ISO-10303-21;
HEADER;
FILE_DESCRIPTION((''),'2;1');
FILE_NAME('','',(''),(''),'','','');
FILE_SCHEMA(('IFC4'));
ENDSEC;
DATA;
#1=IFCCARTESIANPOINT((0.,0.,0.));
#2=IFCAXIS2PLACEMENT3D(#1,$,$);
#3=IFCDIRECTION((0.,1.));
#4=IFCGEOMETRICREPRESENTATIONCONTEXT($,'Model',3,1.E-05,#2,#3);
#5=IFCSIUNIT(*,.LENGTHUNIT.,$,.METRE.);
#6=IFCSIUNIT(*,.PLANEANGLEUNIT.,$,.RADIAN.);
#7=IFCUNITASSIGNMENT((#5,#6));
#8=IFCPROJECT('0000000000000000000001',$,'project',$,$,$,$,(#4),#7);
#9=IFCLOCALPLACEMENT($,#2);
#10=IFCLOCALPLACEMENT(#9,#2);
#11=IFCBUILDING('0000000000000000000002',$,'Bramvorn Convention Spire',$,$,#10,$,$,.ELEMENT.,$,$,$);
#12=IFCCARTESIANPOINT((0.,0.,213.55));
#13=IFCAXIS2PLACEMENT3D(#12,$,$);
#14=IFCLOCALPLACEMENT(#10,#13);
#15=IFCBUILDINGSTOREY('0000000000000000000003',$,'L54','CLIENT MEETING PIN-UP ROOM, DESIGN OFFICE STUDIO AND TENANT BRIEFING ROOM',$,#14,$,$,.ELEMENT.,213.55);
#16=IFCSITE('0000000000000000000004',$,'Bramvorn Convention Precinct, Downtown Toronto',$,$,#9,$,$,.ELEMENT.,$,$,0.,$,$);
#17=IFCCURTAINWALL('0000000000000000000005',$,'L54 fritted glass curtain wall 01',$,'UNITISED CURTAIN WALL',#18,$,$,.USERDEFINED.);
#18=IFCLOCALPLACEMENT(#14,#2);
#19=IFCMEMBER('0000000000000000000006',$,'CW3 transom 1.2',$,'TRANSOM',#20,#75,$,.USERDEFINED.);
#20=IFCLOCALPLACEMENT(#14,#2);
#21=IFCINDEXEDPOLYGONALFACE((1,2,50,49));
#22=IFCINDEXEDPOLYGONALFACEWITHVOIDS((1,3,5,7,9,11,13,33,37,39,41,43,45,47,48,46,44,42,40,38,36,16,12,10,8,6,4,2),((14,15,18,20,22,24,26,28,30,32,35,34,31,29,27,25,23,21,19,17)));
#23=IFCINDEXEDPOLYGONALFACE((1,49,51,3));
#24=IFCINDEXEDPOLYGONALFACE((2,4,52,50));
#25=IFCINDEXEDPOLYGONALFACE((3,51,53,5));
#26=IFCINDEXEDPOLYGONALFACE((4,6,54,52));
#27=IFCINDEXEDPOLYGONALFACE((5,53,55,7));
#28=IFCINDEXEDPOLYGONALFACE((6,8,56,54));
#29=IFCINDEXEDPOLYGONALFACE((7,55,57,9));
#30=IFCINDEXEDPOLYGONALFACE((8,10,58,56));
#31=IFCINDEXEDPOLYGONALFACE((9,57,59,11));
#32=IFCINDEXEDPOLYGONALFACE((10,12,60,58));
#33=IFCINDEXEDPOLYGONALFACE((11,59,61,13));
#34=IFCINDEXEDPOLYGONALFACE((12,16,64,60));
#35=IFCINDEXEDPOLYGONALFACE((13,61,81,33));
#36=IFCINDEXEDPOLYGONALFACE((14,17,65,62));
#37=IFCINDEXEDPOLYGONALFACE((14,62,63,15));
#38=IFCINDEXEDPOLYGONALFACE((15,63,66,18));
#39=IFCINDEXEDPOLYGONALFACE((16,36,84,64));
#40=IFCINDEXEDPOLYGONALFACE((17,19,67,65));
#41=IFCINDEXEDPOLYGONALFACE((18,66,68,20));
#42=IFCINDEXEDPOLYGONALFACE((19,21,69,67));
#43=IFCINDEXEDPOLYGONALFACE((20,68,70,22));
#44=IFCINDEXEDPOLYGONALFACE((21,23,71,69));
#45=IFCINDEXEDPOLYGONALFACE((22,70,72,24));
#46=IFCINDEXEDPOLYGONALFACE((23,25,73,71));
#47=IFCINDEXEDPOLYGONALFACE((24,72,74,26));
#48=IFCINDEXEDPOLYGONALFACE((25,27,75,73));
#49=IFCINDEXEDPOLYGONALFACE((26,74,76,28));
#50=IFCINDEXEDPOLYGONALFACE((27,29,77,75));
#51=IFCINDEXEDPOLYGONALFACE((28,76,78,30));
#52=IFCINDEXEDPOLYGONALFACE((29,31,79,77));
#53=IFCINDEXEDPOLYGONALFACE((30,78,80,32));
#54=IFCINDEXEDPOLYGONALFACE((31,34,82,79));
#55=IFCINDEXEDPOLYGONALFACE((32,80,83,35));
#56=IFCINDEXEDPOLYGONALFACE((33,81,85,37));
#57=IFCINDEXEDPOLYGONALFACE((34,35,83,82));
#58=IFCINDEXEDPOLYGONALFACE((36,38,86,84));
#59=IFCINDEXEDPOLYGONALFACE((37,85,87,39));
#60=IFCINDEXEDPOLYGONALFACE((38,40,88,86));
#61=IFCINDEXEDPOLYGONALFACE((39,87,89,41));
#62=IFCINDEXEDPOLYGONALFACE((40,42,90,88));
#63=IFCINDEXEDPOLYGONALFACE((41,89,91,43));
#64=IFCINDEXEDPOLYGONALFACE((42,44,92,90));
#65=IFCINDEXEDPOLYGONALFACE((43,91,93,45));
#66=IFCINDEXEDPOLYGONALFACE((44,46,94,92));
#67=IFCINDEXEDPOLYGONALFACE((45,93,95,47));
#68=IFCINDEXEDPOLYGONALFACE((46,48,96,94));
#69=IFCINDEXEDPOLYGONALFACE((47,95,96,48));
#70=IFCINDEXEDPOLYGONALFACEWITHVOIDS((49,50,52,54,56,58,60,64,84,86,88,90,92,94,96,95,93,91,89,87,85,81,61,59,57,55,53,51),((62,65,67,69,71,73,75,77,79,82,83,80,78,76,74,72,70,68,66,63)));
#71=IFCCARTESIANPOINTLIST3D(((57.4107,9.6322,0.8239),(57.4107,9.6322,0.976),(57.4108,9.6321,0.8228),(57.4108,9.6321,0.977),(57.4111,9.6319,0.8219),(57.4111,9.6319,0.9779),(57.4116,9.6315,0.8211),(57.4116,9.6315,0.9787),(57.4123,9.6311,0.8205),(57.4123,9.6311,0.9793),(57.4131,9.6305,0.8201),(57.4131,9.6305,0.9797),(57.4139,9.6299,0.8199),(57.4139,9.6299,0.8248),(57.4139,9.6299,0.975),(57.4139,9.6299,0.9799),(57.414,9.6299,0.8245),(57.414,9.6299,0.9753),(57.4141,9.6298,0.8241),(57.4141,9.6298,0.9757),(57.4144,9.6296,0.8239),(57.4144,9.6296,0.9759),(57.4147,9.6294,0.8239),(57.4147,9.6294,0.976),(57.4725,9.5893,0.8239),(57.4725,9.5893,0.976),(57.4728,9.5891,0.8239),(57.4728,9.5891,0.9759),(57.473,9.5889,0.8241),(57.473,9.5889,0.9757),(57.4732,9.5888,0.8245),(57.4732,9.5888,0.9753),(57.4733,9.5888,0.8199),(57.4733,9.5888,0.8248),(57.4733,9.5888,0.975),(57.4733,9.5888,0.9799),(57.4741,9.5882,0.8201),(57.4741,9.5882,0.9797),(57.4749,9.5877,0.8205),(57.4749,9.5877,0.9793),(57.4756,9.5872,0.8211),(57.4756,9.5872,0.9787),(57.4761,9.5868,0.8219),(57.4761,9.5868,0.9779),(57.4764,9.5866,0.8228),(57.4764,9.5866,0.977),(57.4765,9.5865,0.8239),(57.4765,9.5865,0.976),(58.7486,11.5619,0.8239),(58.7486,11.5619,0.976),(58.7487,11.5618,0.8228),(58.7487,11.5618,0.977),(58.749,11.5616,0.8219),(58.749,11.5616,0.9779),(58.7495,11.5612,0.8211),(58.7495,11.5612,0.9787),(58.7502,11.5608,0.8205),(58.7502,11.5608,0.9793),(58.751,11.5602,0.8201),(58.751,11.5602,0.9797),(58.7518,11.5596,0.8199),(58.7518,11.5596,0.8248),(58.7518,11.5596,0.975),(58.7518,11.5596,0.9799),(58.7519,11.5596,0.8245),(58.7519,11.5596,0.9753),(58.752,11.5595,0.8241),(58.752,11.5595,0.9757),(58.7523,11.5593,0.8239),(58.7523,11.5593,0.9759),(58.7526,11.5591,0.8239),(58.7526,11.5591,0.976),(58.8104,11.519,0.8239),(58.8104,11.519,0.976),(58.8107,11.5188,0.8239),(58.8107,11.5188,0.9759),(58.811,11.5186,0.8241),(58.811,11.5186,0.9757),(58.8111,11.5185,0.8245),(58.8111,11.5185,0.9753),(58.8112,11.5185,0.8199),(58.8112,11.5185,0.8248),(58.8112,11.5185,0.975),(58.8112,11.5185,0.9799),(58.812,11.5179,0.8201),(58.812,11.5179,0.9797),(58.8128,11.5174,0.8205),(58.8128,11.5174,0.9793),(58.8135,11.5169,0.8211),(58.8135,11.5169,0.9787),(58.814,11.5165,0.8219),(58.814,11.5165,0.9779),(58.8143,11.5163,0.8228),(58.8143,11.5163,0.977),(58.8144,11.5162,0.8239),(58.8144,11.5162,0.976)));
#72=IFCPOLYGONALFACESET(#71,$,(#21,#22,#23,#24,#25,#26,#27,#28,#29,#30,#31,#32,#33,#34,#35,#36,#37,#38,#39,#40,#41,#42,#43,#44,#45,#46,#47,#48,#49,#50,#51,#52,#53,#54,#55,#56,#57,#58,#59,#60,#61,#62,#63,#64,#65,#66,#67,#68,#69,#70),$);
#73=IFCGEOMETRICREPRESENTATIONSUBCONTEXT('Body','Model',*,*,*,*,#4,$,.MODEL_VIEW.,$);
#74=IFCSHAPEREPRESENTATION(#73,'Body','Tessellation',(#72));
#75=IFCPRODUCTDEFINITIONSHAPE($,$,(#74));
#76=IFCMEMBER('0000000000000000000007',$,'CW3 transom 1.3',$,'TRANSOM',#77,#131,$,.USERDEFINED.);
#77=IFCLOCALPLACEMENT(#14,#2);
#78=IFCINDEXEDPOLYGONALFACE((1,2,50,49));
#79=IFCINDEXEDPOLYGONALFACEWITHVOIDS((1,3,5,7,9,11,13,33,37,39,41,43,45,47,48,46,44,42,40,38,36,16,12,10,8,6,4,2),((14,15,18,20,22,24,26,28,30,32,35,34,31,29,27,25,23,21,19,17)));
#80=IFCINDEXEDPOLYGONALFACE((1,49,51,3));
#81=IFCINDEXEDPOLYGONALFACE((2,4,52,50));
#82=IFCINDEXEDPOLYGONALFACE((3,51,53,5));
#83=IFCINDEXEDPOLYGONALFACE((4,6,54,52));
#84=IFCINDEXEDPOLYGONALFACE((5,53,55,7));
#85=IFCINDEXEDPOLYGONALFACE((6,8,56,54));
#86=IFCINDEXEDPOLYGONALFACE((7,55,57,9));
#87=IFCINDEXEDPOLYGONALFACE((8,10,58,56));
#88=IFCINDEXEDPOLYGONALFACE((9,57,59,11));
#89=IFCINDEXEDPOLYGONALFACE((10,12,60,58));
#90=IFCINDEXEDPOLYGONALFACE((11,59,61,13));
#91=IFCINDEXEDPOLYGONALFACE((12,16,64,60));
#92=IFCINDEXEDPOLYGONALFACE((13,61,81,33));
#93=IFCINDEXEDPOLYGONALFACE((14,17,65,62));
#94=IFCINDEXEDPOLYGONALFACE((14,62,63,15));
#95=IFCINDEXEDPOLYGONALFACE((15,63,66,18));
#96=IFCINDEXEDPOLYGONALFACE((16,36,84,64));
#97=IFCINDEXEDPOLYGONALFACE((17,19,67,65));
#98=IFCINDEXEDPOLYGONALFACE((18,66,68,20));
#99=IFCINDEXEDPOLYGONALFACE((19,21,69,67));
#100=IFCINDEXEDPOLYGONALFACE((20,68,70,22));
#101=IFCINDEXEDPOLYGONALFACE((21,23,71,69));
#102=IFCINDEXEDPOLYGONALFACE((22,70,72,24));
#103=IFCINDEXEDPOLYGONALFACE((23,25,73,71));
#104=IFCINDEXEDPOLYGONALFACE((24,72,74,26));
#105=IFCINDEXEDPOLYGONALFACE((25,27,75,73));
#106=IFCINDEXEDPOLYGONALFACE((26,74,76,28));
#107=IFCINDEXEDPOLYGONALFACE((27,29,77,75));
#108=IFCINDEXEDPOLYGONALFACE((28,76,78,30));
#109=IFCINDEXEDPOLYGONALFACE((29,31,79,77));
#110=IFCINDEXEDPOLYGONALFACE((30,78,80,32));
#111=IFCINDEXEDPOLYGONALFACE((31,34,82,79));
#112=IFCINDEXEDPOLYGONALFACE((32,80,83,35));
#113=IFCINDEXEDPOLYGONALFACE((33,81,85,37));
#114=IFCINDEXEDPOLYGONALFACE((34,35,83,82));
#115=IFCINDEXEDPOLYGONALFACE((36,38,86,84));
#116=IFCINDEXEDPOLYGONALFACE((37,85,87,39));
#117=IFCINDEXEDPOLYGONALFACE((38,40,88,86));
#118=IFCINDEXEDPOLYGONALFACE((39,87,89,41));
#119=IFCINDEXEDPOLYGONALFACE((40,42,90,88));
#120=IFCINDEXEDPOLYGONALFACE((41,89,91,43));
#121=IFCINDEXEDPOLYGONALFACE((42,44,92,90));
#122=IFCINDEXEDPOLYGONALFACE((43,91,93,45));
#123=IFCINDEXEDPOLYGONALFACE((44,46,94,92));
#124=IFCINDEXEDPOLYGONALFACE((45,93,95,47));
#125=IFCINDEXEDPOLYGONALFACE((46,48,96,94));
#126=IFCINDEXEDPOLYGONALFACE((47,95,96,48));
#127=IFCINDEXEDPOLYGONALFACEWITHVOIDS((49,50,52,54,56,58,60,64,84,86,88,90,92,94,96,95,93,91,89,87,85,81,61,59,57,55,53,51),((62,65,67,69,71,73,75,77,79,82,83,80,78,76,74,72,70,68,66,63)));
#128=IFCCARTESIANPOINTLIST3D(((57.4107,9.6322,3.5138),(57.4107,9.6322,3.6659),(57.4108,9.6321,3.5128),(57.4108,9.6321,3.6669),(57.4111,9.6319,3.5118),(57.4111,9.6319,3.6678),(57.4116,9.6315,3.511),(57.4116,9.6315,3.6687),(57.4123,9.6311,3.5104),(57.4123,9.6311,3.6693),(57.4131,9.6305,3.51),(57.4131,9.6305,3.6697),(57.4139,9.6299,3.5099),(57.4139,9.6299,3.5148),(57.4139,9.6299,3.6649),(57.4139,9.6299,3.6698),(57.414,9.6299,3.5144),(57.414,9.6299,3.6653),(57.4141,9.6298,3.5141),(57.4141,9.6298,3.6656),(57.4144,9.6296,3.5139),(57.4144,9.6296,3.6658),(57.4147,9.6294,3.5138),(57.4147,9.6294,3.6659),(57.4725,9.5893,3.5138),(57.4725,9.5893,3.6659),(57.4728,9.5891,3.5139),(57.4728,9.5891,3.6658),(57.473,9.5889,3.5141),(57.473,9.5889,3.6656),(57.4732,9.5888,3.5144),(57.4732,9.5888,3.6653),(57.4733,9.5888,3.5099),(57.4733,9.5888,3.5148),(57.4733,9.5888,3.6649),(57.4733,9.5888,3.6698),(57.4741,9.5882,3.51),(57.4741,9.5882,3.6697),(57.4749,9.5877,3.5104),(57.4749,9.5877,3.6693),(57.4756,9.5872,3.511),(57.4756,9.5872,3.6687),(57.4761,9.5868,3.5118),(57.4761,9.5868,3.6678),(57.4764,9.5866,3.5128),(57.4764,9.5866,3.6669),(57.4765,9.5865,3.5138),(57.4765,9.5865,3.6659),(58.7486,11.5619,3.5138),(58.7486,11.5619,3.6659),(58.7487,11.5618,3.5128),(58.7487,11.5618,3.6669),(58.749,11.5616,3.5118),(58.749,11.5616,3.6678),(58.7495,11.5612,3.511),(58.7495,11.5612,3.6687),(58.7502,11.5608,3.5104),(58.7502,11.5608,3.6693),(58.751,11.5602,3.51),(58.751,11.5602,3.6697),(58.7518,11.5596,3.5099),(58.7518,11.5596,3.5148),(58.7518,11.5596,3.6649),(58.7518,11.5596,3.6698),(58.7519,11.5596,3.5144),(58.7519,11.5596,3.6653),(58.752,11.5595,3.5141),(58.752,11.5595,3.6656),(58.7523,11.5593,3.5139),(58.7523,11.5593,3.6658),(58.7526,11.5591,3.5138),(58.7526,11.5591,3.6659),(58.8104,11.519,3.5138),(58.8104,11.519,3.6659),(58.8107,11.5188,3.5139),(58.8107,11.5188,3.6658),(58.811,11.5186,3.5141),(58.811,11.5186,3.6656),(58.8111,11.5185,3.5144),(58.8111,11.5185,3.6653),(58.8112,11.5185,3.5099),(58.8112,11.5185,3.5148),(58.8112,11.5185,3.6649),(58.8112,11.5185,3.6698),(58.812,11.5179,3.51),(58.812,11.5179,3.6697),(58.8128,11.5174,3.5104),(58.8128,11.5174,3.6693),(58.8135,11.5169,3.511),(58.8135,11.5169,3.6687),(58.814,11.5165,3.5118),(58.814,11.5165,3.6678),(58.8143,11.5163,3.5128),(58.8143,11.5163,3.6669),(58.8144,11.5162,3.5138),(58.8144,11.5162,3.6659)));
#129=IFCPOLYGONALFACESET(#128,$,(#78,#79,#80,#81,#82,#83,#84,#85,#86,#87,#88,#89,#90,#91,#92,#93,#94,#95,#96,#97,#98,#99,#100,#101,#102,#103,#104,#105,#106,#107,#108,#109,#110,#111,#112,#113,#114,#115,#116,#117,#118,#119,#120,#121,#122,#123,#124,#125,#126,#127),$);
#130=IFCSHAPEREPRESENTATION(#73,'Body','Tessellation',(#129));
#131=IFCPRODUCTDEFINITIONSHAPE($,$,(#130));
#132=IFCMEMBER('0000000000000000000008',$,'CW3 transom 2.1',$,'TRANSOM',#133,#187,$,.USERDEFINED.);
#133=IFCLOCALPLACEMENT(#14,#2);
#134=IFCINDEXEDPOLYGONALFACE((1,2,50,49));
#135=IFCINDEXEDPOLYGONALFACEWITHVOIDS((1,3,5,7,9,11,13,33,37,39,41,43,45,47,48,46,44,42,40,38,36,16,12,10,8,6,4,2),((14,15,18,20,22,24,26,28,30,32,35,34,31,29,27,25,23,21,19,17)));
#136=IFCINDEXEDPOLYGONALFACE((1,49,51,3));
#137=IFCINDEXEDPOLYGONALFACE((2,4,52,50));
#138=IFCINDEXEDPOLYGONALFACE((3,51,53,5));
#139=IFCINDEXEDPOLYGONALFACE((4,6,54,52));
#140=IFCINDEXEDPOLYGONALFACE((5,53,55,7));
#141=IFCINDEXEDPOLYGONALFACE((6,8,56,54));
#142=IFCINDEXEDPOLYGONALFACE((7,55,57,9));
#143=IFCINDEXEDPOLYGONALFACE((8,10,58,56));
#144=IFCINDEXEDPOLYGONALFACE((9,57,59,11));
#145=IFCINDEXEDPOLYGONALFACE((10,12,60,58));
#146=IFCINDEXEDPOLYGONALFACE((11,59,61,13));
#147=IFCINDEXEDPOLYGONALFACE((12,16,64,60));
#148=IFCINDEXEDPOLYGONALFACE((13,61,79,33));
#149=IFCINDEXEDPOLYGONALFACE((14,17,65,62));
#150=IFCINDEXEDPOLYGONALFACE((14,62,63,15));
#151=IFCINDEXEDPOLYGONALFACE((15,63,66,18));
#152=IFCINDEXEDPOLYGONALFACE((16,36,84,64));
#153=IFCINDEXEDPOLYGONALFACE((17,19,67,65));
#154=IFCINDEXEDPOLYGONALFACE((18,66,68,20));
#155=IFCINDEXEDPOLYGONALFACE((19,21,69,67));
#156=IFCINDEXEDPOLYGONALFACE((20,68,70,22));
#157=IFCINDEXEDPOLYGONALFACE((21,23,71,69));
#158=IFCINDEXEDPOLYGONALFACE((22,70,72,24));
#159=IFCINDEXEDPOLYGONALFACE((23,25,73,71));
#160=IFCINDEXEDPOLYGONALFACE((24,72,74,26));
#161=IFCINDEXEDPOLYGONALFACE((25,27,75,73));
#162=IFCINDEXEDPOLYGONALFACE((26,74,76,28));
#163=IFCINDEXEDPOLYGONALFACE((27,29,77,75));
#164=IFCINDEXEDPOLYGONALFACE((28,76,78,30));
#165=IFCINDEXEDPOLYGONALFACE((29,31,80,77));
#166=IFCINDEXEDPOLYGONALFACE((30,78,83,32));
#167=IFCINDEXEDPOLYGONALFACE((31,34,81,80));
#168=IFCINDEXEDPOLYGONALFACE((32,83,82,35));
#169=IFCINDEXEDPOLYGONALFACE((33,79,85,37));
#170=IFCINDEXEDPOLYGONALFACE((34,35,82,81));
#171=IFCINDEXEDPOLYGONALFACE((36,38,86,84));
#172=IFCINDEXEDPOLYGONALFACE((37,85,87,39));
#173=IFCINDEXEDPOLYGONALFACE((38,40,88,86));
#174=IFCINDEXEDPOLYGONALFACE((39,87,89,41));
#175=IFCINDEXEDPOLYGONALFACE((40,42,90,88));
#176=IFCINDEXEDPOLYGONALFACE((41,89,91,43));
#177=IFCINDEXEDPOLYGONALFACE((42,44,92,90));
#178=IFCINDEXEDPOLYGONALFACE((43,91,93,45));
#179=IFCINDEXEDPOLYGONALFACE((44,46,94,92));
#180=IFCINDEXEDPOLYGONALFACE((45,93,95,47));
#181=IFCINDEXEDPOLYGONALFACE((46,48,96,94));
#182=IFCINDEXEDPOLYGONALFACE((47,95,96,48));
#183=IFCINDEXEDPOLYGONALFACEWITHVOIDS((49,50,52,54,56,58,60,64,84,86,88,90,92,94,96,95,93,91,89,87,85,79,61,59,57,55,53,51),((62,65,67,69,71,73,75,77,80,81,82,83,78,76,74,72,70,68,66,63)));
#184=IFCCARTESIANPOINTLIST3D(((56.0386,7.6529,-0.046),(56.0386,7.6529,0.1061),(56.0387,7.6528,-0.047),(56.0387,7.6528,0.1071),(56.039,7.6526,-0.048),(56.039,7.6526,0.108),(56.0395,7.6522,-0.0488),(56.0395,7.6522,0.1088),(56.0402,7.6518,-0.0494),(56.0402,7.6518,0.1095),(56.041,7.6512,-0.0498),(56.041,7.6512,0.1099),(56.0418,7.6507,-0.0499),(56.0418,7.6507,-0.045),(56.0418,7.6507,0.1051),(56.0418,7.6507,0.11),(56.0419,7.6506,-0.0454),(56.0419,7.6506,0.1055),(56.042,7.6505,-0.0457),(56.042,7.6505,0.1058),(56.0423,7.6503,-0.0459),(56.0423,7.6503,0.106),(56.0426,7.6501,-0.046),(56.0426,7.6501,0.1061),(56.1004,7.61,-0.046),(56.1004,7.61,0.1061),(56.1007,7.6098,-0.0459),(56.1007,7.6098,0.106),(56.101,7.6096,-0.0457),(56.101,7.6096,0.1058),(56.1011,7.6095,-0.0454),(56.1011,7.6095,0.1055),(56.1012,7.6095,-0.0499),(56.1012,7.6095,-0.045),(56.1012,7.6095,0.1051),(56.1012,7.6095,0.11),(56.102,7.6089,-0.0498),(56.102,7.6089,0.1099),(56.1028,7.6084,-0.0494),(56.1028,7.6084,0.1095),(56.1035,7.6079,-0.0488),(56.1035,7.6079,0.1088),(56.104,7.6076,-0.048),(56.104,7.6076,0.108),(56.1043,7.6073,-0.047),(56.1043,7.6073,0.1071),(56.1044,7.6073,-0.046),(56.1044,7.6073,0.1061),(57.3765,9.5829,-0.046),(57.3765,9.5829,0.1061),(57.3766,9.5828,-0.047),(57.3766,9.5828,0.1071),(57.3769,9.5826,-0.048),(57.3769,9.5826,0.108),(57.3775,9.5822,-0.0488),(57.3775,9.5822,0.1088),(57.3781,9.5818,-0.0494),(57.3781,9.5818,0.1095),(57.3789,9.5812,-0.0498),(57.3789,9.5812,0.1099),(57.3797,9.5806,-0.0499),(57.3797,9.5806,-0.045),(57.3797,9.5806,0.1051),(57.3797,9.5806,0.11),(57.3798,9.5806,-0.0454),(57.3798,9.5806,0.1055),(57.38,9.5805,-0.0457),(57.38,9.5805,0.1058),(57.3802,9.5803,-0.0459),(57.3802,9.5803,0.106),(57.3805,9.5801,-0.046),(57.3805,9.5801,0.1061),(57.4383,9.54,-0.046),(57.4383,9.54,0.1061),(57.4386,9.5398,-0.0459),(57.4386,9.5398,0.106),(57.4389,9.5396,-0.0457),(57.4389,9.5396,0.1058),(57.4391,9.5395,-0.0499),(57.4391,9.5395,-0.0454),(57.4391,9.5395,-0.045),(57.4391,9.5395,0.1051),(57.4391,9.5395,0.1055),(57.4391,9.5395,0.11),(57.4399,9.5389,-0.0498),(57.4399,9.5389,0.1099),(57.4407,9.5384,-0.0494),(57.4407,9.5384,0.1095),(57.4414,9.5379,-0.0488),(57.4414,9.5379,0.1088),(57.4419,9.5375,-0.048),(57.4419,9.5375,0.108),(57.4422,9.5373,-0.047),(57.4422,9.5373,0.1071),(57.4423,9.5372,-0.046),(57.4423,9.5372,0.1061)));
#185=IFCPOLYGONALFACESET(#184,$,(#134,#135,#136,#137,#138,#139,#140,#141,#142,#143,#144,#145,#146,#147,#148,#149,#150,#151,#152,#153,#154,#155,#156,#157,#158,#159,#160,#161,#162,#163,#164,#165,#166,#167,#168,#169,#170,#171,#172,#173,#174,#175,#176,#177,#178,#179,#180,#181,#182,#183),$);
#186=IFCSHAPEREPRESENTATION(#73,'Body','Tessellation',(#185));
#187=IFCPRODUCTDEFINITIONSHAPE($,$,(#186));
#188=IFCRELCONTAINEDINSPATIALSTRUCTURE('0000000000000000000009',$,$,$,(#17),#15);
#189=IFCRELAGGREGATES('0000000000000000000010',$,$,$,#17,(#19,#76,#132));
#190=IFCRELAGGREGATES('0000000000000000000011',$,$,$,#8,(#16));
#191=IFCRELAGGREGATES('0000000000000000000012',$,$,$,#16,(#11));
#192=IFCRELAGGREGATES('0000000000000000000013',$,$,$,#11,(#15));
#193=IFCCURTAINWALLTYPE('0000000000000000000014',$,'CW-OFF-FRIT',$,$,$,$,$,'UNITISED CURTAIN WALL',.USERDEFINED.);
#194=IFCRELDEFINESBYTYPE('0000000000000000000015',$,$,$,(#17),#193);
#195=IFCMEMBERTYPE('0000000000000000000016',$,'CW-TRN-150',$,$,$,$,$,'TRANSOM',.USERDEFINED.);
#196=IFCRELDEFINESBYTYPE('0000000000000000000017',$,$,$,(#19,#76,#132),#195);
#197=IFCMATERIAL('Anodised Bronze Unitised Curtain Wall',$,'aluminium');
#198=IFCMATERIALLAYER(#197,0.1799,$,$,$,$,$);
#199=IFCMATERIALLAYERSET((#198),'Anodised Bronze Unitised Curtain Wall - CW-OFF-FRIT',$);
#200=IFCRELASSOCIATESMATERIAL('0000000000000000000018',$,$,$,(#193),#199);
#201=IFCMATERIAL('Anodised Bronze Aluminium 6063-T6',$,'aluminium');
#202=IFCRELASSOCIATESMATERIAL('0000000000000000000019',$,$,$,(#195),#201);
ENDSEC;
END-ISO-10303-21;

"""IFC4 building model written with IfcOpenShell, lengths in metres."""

from ifc_helpers import new_model, si_unit, direction, frame, origin, origin_2d, place, context, subcontext, project, spatial, hollow_rectangle, extrude, material, layer, layer_set, material_profile, profile_set, type_object, element, aggregate, save


model = new_model("IFC4")

# Units and contexts
model_context = context("Model", 3, precision=1e-05, world=origin(), true_north=direction((0.0, 1.0)))
body_context = subcontext(model_context, "Body", "Model", "MODEL_VIEW")
ifc_project = project(units=[si_unit("LENGTHUNIT", "METRE"), si_unit("PLANEANGLEUNIT", "RADIAN")], contexts=[model_context])

# Site, building, storey
site_placement = place(None, origin())
site = spatial("IfcSite", under=ifc_project, at=site_placement, Name="Bramvorn Convention Precinct, Downtown Toronto", CompositionType="ELEMENT", RefElevation=0.0)
building_placement = place(site_placement, origin())
building = spatial("IfcBuilding", under=site, at=building_placement, Name="Bramvorn Convention Spire", CompositionType="ELEMENT")
storey_placement = place(building_placement, frame((0.0, 0.0, 213.55)))
storey = spatial("IfcBuildingStorey", under=building, at=storey_placement, Name="L54", Description="CLIENT MEETING PIN-UP ROOM, DESIGN OFFICE STUDIO AND TENANT BRIEFING ROOM", CompositionType="ELEMENT", Elevation=213.55)

# Curtain wall
ifc_material_1 = material(Name="Anodised Bronze Unitised Curtain Wall", Category="aluminium")
ifc_layer_1 = layer(ifc_material_1, 0.1799)
ifc_layer_set_1 = layer_set([ifc_layer_1], Name="Anodised Bronze Unitised Curtain Wall - CW-OFF-FRIT")
curtain_wall_type = type_object("IfcCurtainWallType", Name="CW-OFF-FRIT", ElementType="UNITISED CURTAIN WALL", PredefinedType="USERDEFINED", material=ifc_layer_set_1)
curtain_wall_1_placement = place(storey_placement, origin())
curtain_wall_1 = element("IfcCurtainWall", 1, at=curtain_wall_1_placement, inside=storey, type_object=curtain_wall_type, Name="L54 fritted glass curtain wall 01", ObjectType="UNITISED CURTAIN WALL", PredefinedType="USERDEFINED")
ifc_material_2 = material(Name="Anodised Bronze Aluminium 6063-T6", Category="aluminium")

# Members
ifc_material_profile_1 = material_profile(ifc_material_2, hollow_rectangle(XDim=0.0801, YDim=0.1599, WallThickness=0.0039, InnerFilletRadius=0.001, OuterFilletRadius=0.0039, at=origin_2d()))
ifc_profile_set_1 = profile_set([ifc_material_profile_1], Name="Anodised Bronze Aluminium 6063-T6 - CWT80X160")
member_type_1 = type_object("IfcMemberType", Name="CW-TRN-150", ElementType="TRANSOM", PredefinedType="USERDEFINED", material=ifc_profile_set_1)
member_1_placement = place(storey_placement, frame((58.7815, 11.5391, 0.8999), z_axis=(-0.569772, -0.821803, 0.0), x_axis=(0.821803, -0.569772, 0.0)))
member_1 = element("IfcMember", 2, at=member_1_placement, type_object=member_type_1, Name="CW3 transom 1.2", ObjectType="TRANSOM", PredefinedType="USERDEFINED", context=body_context, shape_type="SweptSolid", body=[
    extrude(hollow_rectangle(XDim=0.0801, YDim=0.1599, WallThickness=0.0039, InnerFilletRadius=0.001, OuterFilletRadius=0.0039, at=origin_2d()), origin(), (0.0, 0.0, 1.0), 2.3481),
])
member_2_placement = place(storey_placement, frame((58.7815, 11.5391, 3.5898), z_axis=(-0.569772, -0.821803, 0.0), x_axis=(0.821803, -0.569772, 0.0)))
member_2 = element("IfcMember", 3, at=member_2_placement, type_object=member_type_1, Name="CW3 transom 1.3", ObjectType="TRANSOM", PredefinedType="USERDEFINED", context=body_context, shape_type="SweptSolid", body=[
    extrude(hollow_rectangle(XDim=0.0801, YDim=0.1599, WallThickness=0.0039, InnerFilletRadius=0.001, OuterFilletRadius=0.0039, at=origin_2d()), origin(), (0.0, 0.0, 1.0), 2.3481),
])
member_3_placement = place(storey_placement, frame((57.4094, 9.5601, 0.03), z_axis=(-0.569723, -0.821836, 0.0), x_axis=(0.821836, -0.569723, 0.0)))
member_3 = element("IfcMember", 4, at=member_3_placement, type_object=member_type_1, Name="CW3 transom 2.1", ObjectType="TRANSOM", PredefinedType="USERDEFINED", context=body_context, shape_type="SweptSolid", body=[
    extrude(hollow_rectangle(XDim=0.0801, YDim=0.1599, WallThickness=0.0039, InnerFilletRadius=0.001, OuterFilletRadius=0.0039, at=origin_2d()), origin(), (0.0, 0.0, 1.0), 2.3484),
])

aggregate(curtain_wall_1, [member_1, member_2, member_3])

save(model, "model.ifc")
